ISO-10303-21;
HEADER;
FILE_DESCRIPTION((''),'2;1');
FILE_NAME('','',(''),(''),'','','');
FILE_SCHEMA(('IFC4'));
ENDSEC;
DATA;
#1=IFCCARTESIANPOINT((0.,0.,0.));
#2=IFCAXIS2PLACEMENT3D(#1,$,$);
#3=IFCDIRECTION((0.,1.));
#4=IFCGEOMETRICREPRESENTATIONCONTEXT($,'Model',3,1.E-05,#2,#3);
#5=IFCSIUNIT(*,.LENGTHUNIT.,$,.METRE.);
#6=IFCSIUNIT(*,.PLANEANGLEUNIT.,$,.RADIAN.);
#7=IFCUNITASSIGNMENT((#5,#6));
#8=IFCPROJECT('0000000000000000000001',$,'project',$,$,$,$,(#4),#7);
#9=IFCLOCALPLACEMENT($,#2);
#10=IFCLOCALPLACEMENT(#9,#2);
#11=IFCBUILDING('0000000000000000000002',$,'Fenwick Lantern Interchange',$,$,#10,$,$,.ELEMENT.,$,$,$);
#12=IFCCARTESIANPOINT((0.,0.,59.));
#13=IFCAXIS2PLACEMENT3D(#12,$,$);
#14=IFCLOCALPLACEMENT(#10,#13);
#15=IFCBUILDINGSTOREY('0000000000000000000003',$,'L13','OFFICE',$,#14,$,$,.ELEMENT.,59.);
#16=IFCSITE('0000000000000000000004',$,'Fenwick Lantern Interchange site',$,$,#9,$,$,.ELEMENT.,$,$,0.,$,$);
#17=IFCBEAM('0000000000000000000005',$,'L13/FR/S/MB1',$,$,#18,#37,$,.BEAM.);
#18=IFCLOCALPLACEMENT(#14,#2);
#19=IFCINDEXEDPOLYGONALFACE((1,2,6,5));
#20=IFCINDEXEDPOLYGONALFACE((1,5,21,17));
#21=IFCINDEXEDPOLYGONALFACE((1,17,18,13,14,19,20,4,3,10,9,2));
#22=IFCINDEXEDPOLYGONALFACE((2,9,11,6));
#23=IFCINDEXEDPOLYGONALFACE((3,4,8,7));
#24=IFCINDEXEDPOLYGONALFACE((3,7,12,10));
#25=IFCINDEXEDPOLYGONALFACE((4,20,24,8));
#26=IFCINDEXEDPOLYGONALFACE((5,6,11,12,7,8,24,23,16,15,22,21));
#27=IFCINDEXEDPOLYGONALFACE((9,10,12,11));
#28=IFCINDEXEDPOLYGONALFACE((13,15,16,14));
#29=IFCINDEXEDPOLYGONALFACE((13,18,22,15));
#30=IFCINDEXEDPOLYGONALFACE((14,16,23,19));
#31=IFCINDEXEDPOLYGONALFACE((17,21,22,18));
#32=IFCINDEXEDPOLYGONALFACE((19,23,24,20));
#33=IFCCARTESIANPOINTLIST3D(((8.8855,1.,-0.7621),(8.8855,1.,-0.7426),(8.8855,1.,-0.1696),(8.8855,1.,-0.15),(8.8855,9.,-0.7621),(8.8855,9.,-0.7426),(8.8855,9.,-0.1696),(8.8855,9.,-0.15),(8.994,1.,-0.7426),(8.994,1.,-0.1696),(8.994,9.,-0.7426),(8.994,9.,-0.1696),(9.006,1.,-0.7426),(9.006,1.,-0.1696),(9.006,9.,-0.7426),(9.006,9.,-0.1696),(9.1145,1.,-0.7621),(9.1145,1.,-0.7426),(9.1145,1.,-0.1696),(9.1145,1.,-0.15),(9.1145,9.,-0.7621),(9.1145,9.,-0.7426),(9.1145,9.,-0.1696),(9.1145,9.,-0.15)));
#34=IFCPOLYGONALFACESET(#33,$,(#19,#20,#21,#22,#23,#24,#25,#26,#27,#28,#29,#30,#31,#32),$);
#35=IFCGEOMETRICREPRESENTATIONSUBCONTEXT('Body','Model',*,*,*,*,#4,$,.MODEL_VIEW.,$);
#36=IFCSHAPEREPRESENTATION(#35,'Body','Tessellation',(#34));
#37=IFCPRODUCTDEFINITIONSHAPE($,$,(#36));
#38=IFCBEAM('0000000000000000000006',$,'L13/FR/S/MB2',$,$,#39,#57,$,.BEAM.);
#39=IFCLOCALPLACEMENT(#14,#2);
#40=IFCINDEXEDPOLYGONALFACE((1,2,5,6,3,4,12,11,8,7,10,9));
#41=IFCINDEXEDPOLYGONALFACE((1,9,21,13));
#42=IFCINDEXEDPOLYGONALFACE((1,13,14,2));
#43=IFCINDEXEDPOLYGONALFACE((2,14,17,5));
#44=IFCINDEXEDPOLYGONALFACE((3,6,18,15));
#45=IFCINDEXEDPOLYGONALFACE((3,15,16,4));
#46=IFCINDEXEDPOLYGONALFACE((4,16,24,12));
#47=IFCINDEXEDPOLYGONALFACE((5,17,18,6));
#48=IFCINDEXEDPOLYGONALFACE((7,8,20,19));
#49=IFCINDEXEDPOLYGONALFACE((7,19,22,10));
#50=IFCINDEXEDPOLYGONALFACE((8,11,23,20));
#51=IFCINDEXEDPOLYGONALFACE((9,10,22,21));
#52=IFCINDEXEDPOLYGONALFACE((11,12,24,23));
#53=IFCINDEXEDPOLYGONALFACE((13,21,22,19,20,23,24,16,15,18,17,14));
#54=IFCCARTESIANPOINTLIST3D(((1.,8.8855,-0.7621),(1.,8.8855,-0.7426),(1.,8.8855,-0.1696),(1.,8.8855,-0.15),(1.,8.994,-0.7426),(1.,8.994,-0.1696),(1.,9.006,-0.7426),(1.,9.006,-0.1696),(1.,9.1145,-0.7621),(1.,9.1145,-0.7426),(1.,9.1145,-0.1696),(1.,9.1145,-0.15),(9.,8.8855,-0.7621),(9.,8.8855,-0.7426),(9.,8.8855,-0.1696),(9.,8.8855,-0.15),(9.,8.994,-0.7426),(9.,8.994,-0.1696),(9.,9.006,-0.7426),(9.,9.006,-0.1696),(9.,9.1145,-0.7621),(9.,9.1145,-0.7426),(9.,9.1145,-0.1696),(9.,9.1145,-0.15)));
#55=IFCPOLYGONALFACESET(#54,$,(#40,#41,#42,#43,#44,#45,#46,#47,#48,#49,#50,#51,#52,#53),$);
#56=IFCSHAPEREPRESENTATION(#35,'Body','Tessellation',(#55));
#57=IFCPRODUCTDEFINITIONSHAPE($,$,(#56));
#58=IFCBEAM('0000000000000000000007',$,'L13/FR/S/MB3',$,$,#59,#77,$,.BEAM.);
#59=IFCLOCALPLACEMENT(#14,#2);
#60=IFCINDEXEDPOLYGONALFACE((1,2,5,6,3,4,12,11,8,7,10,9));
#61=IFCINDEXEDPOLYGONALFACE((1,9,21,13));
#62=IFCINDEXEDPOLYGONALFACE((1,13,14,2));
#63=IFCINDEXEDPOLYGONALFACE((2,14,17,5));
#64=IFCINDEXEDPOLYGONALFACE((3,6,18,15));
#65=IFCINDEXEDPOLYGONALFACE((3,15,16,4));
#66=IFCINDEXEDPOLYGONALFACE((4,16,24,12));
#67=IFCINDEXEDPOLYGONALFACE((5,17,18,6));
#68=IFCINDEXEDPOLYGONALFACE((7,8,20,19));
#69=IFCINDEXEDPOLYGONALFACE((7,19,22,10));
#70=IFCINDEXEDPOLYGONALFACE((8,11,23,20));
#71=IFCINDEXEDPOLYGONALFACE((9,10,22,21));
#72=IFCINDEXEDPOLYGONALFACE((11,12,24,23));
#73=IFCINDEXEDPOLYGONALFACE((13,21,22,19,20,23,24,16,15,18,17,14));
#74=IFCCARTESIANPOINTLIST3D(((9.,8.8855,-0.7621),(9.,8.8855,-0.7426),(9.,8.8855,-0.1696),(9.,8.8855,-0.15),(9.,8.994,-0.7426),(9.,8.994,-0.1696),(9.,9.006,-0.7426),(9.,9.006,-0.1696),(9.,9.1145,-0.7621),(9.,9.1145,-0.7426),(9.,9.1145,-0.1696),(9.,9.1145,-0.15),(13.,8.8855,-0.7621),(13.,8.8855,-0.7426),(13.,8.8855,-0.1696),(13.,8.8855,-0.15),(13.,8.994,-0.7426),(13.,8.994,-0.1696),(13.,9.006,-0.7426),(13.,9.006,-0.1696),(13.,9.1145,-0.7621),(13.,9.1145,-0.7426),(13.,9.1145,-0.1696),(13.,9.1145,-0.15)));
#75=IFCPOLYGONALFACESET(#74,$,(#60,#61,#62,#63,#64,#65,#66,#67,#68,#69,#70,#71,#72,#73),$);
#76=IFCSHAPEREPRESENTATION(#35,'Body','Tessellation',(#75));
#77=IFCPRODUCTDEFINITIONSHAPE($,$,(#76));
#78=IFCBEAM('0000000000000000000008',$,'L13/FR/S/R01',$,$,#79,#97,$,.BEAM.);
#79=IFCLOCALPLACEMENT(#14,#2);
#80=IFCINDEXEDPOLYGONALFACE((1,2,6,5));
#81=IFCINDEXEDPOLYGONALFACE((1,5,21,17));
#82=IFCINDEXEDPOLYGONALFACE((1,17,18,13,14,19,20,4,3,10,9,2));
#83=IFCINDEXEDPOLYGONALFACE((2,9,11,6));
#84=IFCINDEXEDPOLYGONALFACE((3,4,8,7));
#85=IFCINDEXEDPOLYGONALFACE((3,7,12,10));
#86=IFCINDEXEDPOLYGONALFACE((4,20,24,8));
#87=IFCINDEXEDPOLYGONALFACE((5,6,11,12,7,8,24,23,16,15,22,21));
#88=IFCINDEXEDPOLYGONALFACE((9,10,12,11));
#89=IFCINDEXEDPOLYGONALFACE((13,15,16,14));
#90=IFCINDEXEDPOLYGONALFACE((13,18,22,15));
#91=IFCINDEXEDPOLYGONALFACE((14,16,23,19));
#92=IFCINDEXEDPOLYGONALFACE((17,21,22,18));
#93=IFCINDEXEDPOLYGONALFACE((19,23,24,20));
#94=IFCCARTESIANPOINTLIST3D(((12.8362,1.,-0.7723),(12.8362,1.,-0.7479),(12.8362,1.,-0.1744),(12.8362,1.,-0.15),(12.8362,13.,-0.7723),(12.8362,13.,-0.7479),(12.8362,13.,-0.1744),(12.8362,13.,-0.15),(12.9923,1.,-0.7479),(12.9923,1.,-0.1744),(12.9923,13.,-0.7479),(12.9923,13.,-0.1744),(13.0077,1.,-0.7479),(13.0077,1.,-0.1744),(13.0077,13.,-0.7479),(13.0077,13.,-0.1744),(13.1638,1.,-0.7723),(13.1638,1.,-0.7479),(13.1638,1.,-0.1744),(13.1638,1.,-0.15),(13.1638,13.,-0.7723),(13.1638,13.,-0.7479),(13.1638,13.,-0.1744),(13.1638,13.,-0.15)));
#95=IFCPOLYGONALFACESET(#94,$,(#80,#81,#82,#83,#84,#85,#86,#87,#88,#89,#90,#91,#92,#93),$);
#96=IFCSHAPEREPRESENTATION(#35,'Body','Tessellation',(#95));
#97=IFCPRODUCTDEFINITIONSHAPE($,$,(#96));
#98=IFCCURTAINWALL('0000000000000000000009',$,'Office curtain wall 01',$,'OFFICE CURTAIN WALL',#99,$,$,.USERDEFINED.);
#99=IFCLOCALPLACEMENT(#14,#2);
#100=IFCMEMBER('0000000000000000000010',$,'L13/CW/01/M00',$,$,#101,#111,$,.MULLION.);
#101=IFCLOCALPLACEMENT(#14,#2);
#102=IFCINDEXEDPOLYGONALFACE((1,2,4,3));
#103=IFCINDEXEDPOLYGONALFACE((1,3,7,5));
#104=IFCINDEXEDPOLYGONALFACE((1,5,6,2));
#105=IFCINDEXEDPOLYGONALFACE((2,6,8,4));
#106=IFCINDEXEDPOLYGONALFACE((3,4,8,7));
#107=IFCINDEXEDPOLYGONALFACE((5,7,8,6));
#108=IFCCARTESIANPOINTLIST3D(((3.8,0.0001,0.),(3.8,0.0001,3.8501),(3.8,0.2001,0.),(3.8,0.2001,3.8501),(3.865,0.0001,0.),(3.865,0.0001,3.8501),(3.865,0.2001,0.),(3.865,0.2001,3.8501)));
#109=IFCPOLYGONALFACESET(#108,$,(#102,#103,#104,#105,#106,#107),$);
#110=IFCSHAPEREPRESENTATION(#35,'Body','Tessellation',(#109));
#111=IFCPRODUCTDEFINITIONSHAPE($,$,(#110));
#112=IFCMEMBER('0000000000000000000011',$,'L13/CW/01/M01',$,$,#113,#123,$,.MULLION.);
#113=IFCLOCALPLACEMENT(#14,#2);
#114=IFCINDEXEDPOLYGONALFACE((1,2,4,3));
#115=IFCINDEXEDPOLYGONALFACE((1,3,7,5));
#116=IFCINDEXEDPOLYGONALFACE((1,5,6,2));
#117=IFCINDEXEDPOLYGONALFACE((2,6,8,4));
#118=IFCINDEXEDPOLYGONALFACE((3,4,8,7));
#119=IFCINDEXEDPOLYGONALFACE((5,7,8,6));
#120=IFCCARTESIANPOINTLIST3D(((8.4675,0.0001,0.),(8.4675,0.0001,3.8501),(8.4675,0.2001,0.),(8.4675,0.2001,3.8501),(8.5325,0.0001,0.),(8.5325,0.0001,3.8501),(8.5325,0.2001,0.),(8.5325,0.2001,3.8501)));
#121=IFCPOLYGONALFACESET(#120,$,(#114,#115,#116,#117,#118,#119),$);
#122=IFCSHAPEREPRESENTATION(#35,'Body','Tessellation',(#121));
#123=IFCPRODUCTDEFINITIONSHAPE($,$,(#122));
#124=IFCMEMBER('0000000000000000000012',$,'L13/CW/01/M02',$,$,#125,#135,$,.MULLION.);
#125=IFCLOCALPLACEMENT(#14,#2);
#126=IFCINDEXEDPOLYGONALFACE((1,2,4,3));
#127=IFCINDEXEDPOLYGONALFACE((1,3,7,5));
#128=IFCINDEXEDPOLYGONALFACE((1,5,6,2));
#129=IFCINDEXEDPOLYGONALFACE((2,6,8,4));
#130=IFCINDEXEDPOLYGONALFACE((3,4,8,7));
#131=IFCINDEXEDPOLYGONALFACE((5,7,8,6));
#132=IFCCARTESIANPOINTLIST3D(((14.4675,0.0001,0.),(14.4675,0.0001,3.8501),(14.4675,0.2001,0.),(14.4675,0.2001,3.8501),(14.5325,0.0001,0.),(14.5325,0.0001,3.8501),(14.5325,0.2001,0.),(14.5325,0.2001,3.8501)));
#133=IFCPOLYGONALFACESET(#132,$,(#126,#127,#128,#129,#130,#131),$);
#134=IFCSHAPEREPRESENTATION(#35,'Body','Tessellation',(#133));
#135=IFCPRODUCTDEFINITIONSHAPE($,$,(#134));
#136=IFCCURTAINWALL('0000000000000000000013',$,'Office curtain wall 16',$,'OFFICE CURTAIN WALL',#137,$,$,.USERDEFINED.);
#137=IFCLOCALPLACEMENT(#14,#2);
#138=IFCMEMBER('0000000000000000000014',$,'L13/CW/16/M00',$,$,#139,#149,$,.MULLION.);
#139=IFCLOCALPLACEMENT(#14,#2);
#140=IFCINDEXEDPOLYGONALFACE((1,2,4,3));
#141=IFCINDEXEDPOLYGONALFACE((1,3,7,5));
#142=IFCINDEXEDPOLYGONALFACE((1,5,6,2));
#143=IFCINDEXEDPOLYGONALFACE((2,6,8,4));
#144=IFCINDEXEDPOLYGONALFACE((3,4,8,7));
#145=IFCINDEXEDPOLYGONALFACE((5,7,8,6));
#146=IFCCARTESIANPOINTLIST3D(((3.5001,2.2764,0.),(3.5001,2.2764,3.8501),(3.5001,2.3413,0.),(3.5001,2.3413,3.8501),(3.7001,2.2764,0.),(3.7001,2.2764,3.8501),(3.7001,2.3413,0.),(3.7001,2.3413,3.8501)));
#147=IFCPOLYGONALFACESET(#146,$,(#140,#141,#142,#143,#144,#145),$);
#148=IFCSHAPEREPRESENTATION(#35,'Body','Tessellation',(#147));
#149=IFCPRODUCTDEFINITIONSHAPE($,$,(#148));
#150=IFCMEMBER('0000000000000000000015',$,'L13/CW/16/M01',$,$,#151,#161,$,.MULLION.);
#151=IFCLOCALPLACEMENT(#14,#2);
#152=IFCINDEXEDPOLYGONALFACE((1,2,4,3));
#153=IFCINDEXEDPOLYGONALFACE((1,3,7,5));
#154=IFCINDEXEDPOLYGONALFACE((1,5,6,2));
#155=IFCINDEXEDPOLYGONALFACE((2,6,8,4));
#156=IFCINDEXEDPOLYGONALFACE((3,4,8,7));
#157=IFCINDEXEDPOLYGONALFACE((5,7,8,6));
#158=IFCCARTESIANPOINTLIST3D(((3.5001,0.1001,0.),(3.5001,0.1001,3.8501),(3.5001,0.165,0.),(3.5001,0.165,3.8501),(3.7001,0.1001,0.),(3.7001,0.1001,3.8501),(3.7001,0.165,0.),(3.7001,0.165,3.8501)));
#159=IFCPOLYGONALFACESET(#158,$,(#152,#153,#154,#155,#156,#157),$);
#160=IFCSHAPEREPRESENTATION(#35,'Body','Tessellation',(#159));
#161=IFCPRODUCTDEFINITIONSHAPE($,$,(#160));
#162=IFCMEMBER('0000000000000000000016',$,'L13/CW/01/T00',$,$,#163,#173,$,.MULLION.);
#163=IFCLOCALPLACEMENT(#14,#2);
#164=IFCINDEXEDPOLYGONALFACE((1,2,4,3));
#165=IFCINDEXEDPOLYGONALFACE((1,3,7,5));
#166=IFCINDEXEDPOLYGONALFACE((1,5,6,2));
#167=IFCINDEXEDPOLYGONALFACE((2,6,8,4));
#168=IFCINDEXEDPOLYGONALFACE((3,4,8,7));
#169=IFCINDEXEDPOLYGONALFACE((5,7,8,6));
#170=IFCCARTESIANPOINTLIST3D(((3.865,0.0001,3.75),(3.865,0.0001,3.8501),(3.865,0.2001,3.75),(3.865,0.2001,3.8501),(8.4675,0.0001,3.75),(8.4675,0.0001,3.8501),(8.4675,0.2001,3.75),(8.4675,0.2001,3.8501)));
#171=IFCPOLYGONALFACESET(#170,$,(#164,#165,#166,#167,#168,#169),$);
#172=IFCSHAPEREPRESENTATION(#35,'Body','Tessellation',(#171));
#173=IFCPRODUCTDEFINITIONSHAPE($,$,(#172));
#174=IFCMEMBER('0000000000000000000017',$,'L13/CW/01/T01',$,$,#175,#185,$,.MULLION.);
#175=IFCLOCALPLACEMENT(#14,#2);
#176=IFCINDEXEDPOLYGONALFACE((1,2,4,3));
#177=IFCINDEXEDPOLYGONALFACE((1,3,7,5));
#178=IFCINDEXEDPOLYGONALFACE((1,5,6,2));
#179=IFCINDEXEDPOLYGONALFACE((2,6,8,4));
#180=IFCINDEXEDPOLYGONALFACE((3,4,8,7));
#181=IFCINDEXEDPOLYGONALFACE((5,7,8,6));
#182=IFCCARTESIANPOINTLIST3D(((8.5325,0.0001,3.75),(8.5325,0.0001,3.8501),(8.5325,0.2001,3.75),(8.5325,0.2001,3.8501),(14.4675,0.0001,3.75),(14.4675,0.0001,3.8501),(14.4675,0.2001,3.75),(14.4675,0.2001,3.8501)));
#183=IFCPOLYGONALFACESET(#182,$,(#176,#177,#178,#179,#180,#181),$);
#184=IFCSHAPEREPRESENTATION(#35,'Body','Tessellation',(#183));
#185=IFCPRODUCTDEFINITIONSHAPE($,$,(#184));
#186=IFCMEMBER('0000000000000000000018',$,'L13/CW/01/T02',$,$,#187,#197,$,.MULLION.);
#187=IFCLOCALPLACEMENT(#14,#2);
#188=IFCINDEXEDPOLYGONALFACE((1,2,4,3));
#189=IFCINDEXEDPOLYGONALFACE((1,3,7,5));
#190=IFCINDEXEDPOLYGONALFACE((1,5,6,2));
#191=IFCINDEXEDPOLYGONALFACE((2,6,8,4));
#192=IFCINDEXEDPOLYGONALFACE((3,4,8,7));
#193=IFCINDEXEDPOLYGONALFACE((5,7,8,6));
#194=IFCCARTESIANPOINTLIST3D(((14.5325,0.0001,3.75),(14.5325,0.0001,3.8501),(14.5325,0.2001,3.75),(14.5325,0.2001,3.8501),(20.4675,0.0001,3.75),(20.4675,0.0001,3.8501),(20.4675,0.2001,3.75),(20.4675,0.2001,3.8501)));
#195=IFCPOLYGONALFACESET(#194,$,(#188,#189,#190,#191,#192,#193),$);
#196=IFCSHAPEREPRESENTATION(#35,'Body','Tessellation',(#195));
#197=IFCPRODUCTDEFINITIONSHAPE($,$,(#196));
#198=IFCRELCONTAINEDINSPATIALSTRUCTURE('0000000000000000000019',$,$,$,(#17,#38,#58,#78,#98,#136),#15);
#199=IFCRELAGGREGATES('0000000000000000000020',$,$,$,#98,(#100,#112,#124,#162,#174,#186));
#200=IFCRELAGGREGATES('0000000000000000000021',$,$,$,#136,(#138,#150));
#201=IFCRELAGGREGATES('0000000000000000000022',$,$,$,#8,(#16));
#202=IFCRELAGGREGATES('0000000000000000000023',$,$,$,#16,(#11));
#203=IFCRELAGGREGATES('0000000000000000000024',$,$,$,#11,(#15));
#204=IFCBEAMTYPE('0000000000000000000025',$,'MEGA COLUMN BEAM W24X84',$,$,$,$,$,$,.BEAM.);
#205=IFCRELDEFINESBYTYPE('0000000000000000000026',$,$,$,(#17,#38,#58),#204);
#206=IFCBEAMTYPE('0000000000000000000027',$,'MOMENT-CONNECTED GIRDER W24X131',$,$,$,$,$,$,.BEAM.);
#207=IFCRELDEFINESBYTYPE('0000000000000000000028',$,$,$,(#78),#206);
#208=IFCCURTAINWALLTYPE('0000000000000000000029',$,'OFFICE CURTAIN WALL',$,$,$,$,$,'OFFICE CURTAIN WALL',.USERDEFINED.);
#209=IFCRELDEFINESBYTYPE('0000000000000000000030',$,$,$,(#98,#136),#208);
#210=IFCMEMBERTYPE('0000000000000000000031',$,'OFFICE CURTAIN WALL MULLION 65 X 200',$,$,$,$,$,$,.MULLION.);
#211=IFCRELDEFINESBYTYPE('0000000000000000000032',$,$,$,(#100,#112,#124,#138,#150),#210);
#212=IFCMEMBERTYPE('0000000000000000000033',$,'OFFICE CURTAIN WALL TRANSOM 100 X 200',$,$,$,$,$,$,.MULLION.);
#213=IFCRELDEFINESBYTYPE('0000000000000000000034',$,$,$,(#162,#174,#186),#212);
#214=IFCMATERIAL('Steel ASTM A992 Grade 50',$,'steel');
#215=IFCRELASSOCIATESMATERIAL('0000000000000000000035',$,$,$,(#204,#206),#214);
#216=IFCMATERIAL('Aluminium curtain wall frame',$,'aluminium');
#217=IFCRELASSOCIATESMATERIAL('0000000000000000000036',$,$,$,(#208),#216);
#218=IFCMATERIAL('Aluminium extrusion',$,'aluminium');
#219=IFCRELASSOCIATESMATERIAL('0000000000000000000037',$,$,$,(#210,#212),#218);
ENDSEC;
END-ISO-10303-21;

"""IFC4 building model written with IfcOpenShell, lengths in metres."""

from ifc_helpers import new_model, si_unit, direction, frame, origin, origin_2d, place, context, subcontext, project, spatial, rectangle, i_section, extrude, material, material_profile, profile_set, type_object, element, aggregate, save


model = new_model("IFC4")

# Units and contexts
model_context = context("Model", 3, precision=1e-05, world=origin(), true_north=direction((0.0, 1.0)))
body_context = subcontext(model_context, "Body", "Model", "MODEL_VIEW")
ifc_project = project(units=[si_unit("LENGTHUNIT", "METRE"), si_unit("PLANEANGLEUNIT", "RADIAN")], contexts=[model_context])

# Site, building, storey
site_placement = place(None, origin())
site = spatial("IfcSite", under=ifc_project, at=site_placement, Name="Fenwick Lantern Interchange site", CompositionType="ELEMENT", RefElevation=0.0)
building_placement = place(site_placement, origin())
building = spatial("IfcBuilding", under=site, at=building_placement, Name="Fenwick Lantern Interchange", CompositionType="ELEMENT")
storey_placement = place(building_placement, frame((0.0, 0.0, 59.0)))
storey = spatial("IfcBuildingStorey", under=building, at=storey_placement, Name="L13", Description="OFFICE", CompositionType="ELEMENT", Elevation=59.0)

# Beams
ifc_material_1 = material(Name="Steel ASTM A992 Grade 50", Category="steel")
ifc_material_profile_1 = material_profile(ifc_material_1, i_section(OverallWidth=0.229, OverallDepth=0.6121, WebThickness=0.012, FlangeThickness=0.0195, at=origin_2d()), Name="W24X84")
ifc_profile_set_1 = profile_set([ifc_material_profile_1], Name="Steel ASTM A992 Grade 50")
beam_type_1 = type_object("IfcBeamType", Name="MEGA COLUMN BEAM W24X84", PredefinedType="BEAM", material=ifc_profile_set_1)
for number, where, z_axis, x_axis, name in (
    (1, (9.0, 9.0, -0.4561), (0.0, -1.0, 0.0), (1.0, 0.0, 0.0), "L13/FR/S/MB1"),
    (2, (9.0, 9.0, -0.4561), (-1.0, 0.0, 0.0), (0.0, -1.0, 0.0), "L13/FR/S/MB2"),
):
    element("IfcBeam", number, at=place(storey_placement, frame(where, z_axis=z_axis, x_axis=x_axis)), inside=storey, type_object=beam_type_1, Name=name, PredefinedType="BEAM", context=body_context, shape_type="SweptSolid", body=[
        extrude(i_section(OverallWidth=0.229, OverallDepth=0.6121, WebThickness=0.012, FlangeThickness=0.0195, at=origin_2d()), origin(), (0.0, 0.0, 1.0), 8.0),
    ])
beam_1_placement = place(storey_placement, frame((9.0, 9.0, -0.4561), z_axis=(1.0, 0.0, 0.0), x_axis=(0.0, 1.0, 0.0)))
element("IfcBeam", 3, at=beam_1_placement, inside=storey, type_object=beam_type_1, Name="L13/FR/S/MB3", PredefinedType="BEAM", context=body_context, shape_type="SweptSolid", body=[
    extrude(i_section(OverallWidth=0.229, OverallDepth=0.6121, WebThickness=0.012, FlangeThickness=0.0195, at=origin_2d()), origin(), (0.0, 0.0, 1.0), 4.0),
])
ifc_material_profile_2 = material_profile(ifc_material_1, i_section(OverallWidth=0.3276, OverallDepth=0.6223, WebThickness=0.0154, FlangeThickness=0.0244, at=origin_2d()), Name="W24X131")
ifc_profile_set_2 = profile_set([ifc_material_profile_2], Name="Steel ASTM A992 Grade 50")
beam_type_2 = type_object("IfcBeamType", Name="MOMENT-CONNECTED GIRDER W24X131", PredefinedType="BEAM", material=ifc_profile_set_2)
beam_2_placement = place(storey_placement, frame((13.0, 1.0, -0.4612), z_axis=(0.0, 1.0, 0.0), x_axis=(-1.0, 0.0, 0.0)))
element("IfcBeam", 4, at=beam_2_placement, inside=storey, type_object=beam_type_2, Name="L13/FR/S/R01", PredefinedType="BEAM", context=body_context, shape_type="SweptSolid", body=[
    extrude(i_section(OverallWidth=0.3276, OverallDepth=0.6223, WebThickness=0.0154, FlangeThickness=0.0244, at=origin_2d()), origin(), (0.0, 0.0, 1.0), 12.0),
])

# Curtain walls, members
ifc_material_2 = material(Name="Aluminium curtain wall frame", Category="aluminium")
curtain_wall_type = type_object("IfcCurtainWallType", Name="OFFICE CURTAIN WALL", ElementType="OFFICE CURTAIN WALL", PredefinedType="USERDEFINED", material=ifc_material_2)
curtain_wall_1_placement = place(storey_placement, origin())
curtain_wall_1 = element("IfcCurtainWall", 5, at=curtain_wall_1_placement, inside=storey, type_object=curtain_wall_type, Name="Office curtain wall 01", ObjectType="OFFICE CURTAIN WALL", PredefinedType="USERDEFINED")
ifc_material_3 = material(Name="Aluminium extrusion", Category="aluminium")
ifc_material_profile_3 = material_profile(ifc_material_3, rectangle(XDim=0.2, YDim=0.0649, at=origin_2d()), Name="OFFICE CURTAIN WALL MULLION 65 X 200")
ifc_profile_set_3 = profile_set([ifc_material_profile_3], Name="Aluminium extrusion")
member_type_1 = type_object("IfcMemberType", Name="OFFICE CURTAIN WALL MULLION 65 X 200", PredefinedType="MULLION", material=ifc_profile_set_3)
member_1_placement = place(storey_placement, frame((3.8325, 0.1001, 0.0), z_axis=(0.0, 0.0, 1.0), x_axis=(0.0, 1.0, 0.0)))
member_1 = element("IfcMember", 6, at=member_1_placement, type_object=member_type_1, Name="L13/CW/01/M00", PredefinedType="MULLION", context=body_context, shape_type="SweptSolid", body=[
    extrude(rectangle(XDim=0.2, YDim=0.0649, at=origin_2d()), origin(), (0.0, 0.0, 1.0), 3.8501),
])
member_2_placement = place(storey_placement, frame((8.5, 0.1001, 0.0), z_axis=(0.0, 0.0, 1.0), x_axis=(0.0, 1.0, 0.0)))
member_2 = element("IfcMember", 7, at=member_2_placement, type_object=member_type_1, Name="L13/CW/01/M01", PredefinedType="MULLION", context=body_context, shape_type="SweptSolid", body=[
    extrude(rectangle(XDim=0.2, YDim=0.0649, at=origin_2d()), origin(), (0.0, 0.0, 1.0), 3.8501),
])
member_3_placement = place(storey_placement, frame((14.5, 0.1001, 0.0), z_axis=(0.0, 0.0, 1.0), x_axis=(0.0, 1.0, 0.0)))
member_3 = element("IfcMember", 8, at=member_3_placement, type_object=member_type_1, Name="L13/CW/01/M02", PredefinedType="MULLION", context=body_context, shape_type="SweptSolid", body=[
    extrude(rectangle(XDim=0.2, YDim=0.0649, at=origin_2d()), origin(), (0.0, 0.0, 1.0), 3.8501),
])
curtain_wall_2_placement = place(storey_placement, origin())
curtain_wall_2 = element("IfcCurtainWall", 9, at=curtain_wall_2_placement, inside=storey, type_object=curtain_wall_type, Name="Office curtain wall 16", ObjectType="OFFICE CURTAIN WALL", PredefinedType="USERDEFINED")
member_4_placement = place(storey_placement, frame((3.6001, 2.3088, 0.0), z_axis=(0.0, 0.0, 1.0), x_axis=(1.0, 0.0, 0.0)))
member_4 = element("IfcMember", 10, at=member_4_placement, type_object=member_type_1, Name="L13/CW/16/M00", PredefinedType="MULLION", context=body_context, shape_type="SweptSolid", body=[
    extrude(rectangle(XDim=0.2, YDim=0.0649, at=origin_2d()), origin(), (0.0, 0.0, 1.0), 3.8501),
])
member_5_placement = place(storey_placement, frame((3.6001, 0.1326, 0.0), z_axis=(0.0, 0.0, 1.0), x_axis=(1.0, 0.0, 0.0)))
member_5 = element("IfcMember", 11, at=member_5_placement, type_object=member_type_1, Name="L13/CW/16/M01", PredefinedType="MULLION", context=body_context, shape_type="SweptSolid", body=[
    extrude(rectangle(XDim=0.2, YDim=0.0649, at=origin_2d()), origin(), (0.0, 0.0, 1.0), 3.8501),
])

# Members
ifc_material_profile_4 = material_profile(ifc_material_3, rectangle(XDim=0.2, YDim=0.1001, at=origin_2d()), Name="OFFICE CURTAIN WALL TRANSOM 100 X 200")
ifc_profile_set_4 = profile_set([ifc_material_profile_4], Name="Aluminium extrusion")
member_type_2 = type_object("IfcMemberType", Name="OFFICE CURTAIN WALL TRANSOM 100 X 200", PredefinedType="MULLION", material=ifc_profile_set_4)
member_6_placement = place(storey_placement, frame((3.865, 0.1001, 3.8), z_axis=(1.0, 0.0, 0.0), x_axis=(0.0, 1.0, 0.0)))
member_6 = element("IfcMember", 12, at=member_6_placement, type_object=member_type_2, Name="L13/CW/01/T00", PredefinedType="MULLION", context=body_context, shape_type="SweptSolid", body=[
    extrude(rectangle(XDim=0.2, YDim=0.1001, at=origin_2d()), origin(), (0.0, 0.0, 1.0), 4.6025),
])
member_7_placement = place(storey_placement, frame((8.5325, 0.1001, 3.8), z_axis=(1.0, 0.0, 0.0), x_axis=(0.0, 1.0, 0.0)))
member_7 = element("IfcMember", 13, at=member_7_placement, type_object=member_type_2, Name="L13/CW/01/T01", PredefinedType="MULLION", context=body_context, shape_type="SweptSolid", body=[
    extrude(rectangle(XDim=0.2, YDim=0.1001, at=origin_2d()), origin(), (0.0, 0.0, 1.0), 5.9351),
])
member_8_placement = place(storey_placement, frame((14.5325, 0.1001, 3.8), z_axis=(1.0, 0.0, 0.0), x_axis=(0.0, 1.0, 0.0)))
member_8 = element("IfcMember", 14, at=member_8_placement, type_object=member_type_2, Name="L13/CW/01/T02", PredefinedType="MULLION", context=body_context, shape_type="SweptSolid", body=[
    extrude(rectangle(XDim=0.2, YDim=0.1001, at=origin_2d()), origin(), (0.0, 0.0, 1.0), 5.9351),
])

aggregate(curtain_wall_1, [member_1, member_2, member_3, member_6, member_7, member_8])
aggregate(curtain_wall_2, [member_4, member_5])

save(model, "model.ifc")
